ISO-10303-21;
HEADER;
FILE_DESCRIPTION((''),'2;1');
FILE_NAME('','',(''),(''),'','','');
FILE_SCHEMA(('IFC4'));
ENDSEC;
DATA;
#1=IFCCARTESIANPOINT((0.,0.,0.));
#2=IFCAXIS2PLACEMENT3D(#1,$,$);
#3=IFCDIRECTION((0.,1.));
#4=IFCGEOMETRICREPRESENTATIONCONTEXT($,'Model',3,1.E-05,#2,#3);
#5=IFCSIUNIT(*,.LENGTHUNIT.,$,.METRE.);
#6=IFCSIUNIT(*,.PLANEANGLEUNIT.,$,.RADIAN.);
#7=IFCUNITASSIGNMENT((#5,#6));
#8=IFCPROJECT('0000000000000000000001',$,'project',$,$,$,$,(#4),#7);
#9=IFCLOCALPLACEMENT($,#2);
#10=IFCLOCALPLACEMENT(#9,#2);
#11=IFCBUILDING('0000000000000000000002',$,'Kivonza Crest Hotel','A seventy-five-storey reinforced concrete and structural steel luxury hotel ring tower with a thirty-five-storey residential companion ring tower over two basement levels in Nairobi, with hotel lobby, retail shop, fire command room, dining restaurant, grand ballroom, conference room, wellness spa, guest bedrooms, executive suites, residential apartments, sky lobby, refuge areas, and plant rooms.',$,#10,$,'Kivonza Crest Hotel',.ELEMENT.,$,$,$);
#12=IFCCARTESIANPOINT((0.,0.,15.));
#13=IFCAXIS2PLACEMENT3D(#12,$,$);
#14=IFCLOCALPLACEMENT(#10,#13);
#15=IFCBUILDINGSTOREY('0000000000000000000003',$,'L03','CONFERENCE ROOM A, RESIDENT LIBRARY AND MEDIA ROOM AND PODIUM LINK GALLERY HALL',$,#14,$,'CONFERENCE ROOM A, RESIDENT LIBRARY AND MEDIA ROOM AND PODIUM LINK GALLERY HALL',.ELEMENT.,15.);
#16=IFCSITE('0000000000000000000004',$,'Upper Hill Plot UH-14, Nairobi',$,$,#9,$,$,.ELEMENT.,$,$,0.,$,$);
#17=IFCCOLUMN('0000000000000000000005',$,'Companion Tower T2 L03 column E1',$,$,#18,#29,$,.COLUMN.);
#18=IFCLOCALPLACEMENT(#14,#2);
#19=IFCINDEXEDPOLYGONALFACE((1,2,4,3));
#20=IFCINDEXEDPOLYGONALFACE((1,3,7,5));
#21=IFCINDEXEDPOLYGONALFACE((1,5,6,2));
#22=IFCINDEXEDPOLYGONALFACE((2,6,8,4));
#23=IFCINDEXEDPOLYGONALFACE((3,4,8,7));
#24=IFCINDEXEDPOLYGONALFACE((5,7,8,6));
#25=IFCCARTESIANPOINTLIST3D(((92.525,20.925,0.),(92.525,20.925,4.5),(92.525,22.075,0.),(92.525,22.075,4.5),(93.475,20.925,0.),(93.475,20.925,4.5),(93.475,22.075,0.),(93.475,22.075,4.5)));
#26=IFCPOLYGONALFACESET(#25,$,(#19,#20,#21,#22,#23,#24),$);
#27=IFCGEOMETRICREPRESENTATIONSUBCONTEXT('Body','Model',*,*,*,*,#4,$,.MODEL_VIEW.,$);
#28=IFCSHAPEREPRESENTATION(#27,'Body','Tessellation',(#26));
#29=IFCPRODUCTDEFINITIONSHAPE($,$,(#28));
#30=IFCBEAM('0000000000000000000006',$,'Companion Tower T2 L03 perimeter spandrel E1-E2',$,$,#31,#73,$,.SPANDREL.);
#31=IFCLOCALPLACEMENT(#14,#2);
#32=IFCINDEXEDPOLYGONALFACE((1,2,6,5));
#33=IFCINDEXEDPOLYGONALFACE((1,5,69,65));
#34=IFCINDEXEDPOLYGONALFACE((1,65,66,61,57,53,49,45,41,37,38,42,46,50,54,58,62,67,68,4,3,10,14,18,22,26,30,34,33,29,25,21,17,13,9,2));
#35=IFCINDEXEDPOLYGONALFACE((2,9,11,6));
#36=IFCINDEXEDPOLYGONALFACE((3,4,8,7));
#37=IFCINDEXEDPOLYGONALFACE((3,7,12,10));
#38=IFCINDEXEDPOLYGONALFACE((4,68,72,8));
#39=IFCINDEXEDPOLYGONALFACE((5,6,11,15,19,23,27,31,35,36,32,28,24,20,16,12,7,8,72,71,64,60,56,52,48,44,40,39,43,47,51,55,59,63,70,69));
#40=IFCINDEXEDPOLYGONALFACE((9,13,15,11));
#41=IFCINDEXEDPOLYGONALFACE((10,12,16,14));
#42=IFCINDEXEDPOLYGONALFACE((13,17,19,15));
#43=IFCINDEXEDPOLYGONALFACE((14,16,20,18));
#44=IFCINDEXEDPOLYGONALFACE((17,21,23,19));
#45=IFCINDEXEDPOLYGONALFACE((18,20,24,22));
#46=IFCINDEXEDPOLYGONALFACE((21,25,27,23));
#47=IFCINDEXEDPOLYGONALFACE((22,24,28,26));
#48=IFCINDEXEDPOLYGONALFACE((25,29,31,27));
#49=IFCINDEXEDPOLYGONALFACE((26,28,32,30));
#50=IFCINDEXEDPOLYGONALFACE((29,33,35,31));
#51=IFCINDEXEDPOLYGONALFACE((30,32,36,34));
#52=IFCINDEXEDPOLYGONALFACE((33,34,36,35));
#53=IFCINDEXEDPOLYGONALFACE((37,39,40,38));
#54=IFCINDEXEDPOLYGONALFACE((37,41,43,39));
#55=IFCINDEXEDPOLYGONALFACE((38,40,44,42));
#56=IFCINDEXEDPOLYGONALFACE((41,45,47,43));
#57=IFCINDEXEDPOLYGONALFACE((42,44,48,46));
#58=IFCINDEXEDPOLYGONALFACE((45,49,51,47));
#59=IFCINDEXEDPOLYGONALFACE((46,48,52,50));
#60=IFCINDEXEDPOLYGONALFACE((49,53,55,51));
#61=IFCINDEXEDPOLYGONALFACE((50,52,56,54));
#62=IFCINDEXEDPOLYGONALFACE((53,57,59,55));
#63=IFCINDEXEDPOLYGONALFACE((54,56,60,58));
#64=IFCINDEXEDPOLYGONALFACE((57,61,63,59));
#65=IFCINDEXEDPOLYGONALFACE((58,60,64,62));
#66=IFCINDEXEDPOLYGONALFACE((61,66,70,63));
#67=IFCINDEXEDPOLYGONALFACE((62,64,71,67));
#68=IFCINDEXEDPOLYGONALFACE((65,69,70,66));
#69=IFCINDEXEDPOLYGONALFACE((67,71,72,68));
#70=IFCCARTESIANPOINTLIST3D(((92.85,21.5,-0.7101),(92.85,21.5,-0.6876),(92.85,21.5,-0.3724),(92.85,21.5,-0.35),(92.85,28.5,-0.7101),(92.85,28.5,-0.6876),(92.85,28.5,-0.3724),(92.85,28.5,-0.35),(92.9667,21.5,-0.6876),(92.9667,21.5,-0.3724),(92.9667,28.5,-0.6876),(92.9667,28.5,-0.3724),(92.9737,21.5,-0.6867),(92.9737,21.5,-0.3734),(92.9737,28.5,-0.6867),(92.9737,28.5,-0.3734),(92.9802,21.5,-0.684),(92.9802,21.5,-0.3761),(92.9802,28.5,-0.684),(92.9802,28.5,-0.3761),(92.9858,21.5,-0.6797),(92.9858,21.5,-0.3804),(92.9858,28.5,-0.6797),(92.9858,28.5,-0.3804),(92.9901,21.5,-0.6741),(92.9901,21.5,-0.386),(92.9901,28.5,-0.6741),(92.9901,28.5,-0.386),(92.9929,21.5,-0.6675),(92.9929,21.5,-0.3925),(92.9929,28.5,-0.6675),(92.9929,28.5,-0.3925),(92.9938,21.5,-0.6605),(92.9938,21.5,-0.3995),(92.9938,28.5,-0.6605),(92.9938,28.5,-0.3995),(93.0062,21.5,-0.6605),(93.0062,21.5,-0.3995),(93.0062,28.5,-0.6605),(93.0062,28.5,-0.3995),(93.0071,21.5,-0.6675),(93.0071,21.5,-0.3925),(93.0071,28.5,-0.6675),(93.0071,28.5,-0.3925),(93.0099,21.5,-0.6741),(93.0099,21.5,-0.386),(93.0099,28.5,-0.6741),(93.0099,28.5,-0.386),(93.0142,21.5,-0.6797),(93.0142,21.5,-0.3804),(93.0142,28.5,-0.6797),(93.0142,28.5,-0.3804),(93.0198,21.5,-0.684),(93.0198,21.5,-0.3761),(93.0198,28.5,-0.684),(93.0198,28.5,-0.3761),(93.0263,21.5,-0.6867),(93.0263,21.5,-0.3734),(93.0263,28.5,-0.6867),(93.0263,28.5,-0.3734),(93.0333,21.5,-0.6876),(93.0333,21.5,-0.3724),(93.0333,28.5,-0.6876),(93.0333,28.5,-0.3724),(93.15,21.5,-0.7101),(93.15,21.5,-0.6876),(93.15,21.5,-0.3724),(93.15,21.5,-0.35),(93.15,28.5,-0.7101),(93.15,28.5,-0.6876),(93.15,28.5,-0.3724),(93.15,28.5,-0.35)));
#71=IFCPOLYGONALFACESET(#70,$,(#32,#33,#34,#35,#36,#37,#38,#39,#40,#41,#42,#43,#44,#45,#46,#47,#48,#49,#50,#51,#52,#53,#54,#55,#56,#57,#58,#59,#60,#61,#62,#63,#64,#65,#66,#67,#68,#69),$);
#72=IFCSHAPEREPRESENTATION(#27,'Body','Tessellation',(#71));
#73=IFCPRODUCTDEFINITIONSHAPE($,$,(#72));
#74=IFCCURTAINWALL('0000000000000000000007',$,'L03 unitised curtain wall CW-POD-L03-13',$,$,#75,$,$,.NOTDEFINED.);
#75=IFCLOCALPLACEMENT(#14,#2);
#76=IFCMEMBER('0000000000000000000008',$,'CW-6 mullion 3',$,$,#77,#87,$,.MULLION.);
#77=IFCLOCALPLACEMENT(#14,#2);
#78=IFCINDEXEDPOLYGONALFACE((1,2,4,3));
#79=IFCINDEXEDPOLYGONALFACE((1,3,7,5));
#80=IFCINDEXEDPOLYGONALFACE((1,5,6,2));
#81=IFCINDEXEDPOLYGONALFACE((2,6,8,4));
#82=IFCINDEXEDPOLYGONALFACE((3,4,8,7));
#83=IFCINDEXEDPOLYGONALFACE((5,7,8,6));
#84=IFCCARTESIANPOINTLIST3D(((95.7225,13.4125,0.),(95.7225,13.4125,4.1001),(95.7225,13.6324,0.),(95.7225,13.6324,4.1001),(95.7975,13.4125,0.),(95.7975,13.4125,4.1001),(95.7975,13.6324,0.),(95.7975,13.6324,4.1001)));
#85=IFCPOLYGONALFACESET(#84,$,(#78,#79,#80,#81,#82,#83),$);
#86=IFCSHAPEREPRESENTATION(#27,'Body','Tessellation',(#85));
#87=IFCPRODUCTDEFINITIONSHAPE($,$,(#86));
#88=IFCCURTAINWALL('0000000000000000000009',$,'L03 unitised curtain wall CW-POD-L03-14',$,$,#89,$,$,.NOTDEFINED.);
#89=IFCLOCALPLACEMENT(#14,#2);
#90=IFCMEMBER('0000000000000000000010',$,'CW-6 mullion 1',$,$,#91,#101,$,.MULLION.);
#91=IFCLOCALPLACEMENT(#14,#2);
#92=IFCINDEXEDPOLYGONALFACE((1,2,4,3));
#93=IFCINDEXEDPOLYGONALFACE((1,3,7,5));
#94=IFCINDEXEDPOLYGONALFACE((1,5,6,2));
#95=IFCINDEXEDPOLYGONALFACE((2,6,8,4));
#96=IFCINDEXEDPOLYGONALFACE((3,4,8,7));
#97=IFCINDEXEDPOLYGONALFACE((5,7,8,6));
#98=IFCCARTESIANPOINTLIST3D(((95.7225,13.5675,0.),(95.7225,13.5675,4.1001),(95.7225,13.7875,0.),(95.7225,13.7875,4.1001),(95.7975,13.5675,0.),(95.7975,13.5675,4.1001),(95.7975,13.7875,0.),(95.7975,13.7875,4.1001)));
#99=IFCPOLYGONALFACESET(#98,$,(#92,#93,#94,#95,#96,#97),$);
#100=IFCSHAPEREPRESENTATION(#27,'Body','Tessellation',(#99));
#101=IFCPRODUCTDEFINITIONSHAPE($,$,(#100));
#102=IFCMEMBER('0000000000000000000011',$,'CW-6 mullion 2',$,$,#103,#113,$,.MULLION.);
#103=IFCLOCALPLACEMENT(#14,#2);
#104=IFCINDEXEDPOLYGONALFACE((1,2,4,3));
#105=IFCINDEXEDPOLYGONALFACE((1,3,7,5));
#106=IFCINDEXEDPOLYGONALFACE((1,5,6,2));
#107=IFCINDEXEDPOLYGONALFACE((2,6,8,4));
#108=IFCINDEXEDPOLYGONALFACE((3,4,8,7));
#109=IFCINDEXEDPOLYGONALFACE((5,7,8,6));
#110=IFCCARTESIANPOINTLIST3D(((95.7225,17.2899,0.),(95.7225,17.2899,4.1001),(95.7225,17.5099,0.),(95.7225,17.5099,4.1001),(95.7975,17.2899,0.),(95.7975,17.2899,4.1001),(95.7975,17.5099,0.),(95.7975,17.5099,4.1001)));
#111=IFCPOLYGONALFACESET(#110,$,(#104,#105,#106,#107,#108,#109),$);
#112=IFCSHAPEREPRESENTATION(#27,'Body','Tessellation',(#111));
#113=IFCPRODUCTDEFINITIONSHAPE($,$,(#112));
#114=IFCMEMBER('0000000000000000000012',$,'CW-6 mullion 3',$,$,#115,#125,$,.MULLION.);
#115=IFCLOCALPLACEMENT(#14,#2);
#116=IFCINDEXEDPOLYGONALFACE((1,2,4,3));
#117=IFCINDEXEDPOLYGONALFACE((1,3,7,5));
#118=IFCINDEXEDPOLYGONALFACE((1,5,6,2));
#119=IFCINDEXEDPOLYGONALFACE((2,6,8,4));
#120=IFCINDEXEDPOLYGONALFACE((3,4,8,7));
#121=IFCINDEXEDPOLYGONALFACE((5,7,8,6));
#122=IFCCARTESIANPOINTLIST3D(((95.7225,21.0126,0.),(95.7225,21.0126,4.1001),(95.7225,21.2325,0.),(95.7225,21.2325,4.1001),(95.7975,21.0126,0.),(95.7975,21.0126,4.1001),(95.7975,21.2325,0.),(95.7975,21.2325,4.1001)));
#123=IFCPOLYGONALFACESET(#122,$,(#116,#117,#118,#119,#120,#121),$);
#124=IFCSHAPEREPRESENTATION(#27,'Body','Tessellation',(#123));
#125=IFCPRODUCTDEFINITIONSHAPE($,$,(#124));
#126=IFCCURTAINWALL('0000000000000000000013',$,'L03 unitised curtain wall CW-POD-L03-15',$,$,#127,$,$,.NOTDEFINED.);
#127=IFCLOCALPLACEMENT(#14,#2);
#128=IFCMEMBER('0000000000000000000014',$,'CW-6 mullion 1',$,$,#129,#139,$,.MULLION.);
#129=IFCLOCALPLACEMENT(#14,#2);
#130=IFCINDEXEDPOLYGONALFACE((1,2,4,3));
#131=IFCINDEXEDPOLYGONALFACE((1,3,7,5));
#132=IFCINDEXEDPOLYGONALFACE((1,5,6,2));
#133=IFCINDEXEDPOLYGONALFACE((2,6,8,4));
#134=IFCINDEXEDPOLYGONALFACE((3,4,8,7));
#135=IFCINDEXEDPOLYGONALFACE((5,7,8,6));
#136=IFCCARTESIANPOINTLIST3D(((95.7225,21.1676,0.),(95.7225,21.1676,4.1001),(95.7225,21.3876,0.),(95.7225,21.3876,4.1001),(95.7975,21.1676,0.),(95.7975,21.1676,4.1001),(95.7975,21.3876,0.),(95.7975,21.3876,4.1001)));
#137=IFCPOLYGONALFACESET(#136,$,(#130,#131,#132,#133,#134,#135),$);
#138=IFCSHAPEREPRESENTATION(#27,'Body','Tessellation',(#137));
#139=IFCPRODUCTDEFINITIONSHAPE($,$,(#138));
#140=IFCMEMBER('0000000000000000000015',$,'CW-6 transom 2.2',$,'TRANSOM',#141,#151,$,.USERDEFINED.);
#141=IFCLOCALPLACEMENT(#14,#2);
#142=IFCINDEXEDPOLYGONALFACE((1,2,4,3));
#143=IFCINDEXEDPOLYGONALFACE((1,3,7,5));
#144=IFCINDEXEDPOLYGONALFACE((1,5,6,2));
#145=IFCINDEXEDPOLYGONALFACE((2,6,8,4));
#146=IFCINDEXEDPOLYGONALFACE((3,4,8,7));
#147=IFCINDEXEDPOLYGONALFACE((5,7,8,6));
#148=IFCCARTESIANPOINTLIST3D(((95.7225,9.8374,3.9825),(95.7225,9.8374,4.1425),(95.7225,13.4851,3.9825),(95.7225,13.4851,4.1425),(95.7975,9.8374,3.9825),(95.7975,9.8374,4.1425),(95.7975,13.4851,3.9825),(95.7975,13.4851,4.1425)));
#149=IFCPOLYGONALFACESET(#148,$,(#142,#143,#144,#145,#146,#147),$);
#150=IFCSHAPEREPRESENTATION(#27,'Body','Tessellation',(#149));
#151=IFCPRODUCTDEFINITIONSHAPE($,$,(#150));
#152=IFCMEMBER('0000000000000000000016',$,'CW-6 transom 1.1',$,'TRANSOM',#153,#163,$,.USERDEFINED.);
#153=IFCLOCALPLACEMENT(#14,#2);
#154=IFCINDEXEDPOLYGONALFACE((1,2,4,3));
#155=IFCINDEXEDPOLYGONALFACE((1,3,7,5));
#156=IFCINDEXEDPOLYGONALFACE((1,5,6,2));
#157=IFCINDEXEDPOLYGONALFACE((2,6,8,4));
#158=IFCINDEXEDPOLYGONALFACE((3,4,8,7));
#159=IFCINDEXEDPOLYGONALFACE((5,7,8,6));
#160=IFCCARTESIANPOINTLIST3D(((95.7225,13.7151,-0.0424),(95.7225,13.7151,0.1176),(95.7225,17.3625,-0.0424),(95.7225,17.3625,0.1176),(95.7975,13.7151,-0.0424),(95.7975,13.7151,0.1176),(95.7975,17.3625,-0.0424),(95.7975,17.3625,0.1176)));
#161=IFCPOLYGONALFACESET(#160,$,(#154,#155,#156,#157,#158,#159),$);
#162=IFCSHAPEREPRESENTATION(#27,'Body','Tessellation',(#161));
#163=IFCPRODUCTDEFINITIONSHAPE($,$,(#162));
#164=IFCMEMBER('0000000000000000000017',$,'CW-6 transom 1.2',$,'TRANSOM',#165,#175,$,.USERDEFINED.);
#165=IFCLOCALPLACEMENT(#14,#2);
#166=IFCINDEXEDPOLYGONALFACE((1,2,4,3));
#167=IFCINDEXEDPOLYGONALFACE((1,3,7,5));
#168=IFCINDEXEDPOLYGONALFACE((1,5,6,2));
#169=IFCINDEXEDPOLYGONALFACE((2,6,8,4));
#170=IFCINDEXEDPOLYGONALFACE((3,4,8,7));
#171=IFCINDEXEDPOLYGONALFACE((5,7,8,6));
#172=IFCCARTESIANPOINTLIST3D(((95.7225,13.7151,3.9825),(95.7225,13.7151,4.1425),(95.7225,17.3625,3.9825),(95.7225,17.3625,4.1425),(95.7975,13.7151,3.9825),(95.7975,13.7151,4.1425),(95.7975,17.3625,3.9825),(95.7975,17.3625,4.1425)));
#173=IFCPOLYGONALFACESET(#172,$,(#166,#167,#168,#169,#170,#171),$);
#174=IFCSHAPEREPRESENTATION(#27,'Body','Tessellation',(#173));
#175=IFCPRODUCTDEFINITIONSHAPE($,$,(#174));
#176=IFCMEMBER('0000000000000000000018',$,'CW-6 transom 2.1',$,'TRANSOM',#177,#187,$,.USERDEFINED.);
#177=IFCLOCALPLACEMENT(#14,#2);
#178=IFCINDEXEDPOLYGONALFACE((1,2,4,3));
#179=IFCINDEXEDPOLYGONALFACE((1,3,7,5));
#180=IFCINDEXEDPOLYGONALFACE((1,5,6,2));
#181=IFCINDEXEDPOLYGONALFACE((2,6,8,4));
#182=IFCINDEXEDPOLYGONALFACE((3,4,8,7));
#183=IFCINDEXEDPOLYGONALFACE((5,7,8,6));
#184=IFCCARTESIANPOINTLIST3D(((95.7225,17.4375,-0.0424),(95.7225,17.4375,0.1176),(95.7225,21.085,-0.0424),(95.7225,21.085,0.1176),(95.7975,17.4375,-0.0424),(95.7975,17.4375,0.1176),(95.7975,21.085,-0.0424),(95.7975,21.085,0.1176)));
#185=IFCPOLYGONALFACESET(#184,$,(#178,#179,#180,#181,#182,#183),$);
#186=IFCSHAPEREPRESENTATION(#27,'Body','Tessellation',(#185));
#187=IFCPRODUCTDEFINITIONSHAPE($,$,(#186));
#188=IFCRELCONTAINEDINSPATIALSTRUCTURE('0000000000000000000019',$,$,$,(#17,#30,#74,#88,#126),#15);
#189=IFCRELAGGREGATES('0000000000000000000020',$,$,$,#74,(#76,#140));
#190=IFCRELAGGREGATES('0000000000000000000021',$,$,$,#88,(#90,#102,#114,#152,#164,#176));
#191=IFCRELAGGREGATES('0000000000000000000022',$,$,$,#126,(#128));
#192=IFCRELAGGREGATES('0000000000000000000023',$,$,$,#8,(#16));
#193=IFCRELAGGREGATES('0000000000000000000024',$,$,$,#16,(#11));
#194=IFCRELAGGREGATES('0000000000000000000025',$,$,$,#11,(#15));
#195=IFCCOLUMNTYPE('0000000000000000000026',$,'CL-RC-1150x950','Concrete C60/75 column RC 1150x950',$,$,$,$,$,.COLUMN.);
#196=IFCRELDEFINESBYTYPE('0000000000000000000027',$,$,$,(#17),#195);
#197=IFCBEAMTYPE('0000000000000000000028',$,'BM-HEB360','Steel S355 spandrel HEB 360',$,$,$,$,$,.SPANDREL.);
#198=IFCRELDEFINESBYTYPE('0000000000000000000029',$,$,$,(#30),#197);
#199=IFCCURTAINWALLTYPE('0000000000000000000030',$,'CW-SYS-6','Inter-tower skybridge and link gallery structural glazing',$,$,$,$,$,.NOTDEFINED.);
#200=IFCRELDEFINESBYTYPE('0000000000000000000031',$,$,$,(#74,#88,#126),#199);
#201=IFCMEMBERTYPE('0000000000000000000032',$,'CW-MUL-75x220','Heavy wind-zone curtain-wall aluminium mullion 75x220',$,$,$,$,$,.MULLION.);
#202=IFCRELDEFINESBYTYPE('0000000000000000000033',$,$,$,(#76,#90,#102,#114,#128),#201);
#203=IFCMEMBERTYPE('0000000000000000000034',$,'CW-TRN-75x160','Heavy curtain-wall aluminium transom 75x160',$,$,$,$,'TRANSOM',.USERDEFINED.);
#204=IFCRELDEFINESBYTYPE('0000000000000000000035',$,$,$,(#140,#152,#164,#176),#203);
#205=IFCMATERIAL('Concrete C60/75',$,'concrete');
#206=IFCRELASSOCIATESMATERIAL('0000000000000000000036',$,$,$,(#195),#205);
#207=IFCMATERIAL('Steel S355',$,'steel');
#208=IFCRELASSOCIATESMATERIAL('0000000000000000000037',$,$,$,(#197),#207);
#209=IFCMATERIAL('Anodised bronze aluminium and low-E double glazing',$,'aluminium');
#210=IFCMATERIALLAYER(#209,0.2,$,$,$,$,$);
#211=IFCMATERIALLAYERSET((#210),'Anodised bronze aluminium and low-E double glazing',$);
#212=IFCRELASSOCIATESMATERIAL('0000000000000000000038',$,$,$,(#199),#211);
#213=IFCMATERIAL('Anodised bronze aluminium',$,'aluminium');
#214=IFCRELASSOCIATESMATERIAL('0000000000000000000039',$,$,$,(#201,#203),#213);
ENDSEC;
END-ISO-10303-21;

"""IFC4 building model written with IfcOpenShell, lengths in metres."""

from ifc_helpers import new_model, si_unit, direction, frame, origin, origin_2d, place, context, subcontext, project, spatial, rectangle, i_section, extrude, material, layer, layer_set, material_profile, profile_set, type_object, element, aggregate, save


model = new_model("IFC4")

# Units and contexts
model_context = context("Model", 3, precision=1e-05, world=origin(), true_north=direction((0.0, 1.0)))
body_context = subcontext(model_context, "Body", "Model", "MODEL_VIEW")
ifc_project = project(units=[si_unit("LENGTHUNIT", "METRE"), si_unit("PLANEANGLEUNIT", "RADIAN")], contexts=[model_context])

# Site, building, storey
site_placement = place(None, origin())
site = spatial("IfcSite", under=ifc_project, at=site_placement, Name="Upper Hill Plot UH-14, Nairobi", CompositionType="ELEMENT", RefElevation=0.0)
building_placement = place(site_placement, origin())
building = spatial("IfcBuilding", under=site, at=building_placement, Name="Kivonza Crest Hotel", Description="A seventy-five-storey reinforced concrete and structural steel luxury hotel ring tower with a thirty-five-storey residential companion ring tower over two basement levels in Nairobi, with hotel lobby, retail shop, fire command room, dining restaurant, grand ballroom, conference room, wellness spa, guest bedrooms, executive suites, residential apartments, sky lobby, refuge areas, and plant rooms.", LongName="Kivonza Crest Hotel", CompositionType="ELEMENT")
storey_placement = place(building_placement, frame((0.0, 0.0, 15.0)))
storey = spatial("IfcBuildingStorey", under=building, at=storey_placement, Name="L03", Description="CONFERENCE ROOM A, RESIDENT LIBRARY AND MEDIA ROOM AND PODIUM LINK GALLERY HALL", LongName="CONFERENCE ROOM A, RESIDENT LIBRARY AND MEDIA ROOM AND PODIUM LINK GALLERY HALL", CompositionType="ELEMENT", Elevation=15.0)

# Column
ifc_material_1 = material(Name="Concrete C60/75", Category="concrete")
ifc_material_profile_1 = material_profile(ifc_material_1, rectangle(XDim=0.95, YDim=1.1499, at=origin_2d()), Name="RC 1150x950")
ifc_profile_set_1 = profile_set([ifc_material_profile_1], Name="Concrete C60/75")
column_type = type_object("IfcColumnType", Name="CL-RC-1150x950", Description="Concrete C60/75 column RC 1150x950", PredefinedType="COLUMN", material=ifc_profile_set_1)
column_placement = place(storey_placement, frame((93.0, 21.5, 0.0), z_axis=(0.0, 0.0, 1.0), x_axis=(1.0, 0.0, 0.0)))
element("IfcColumn", 1, at=column_placement, inside=storey, type_object=column_type, Name="Companion Tower T2 L03 column E1", PredefinedType="COLUMN", context=body_context, shape_type="SweptSolid", body=[
    extrude(rectangle(XDim=0.95, YDim=1.1499, at=origin_2d()), origin(), (0.0, 0.0, 1.0), 4.5),
])

# Beam
ifc_material_2 = material(Name="Steel S355", Category="steel")
ifc_material_profile_2 = material_profile(ifc_material_2, i_section(OverallWidth=0.3, OverallDepth=0.3601, WebThickness=0.0125, FlangeThickness=0.0225, FilletRadius=0.0271, at=origin_2d()), Name="HEB 360")
ifc_profile_set_2 = profile_set([ifc_material_profile_2], Name="Steel S355")
beam_type = type_object("IfcBeamType", Name="BM-HEB360", Description="Steel S355 spandrel HEB 360", PredefinedType="SPANDREL", material=ifc_profile_set_2)
beam_placement = place(storey_placement, frame((93.0, 21.5, -0.53), z_axis=(0.0, 1.0, 0.0), x_axis=(-1.0, 0.0, 0.0)))
element("IfcBeam", 2, at=beam_placement, inside=storey, type_object=beam_type, Name="Companion Tower T2 L03 perimeter spandrel E1-E2", PredefinedType="SPANDREL", context=body_context, shape_type="SweptSolid", body=[
    extrude(i_section(OverallWidth=0.3, OverallDepth=0.3601, WebThickness=0.0125, FlangeThickness=0.0225, FilletRadius=0.0271, at=origin_2d()), origin(), (0.0, 0.0, 1.0), 7.0),
])

# Curtain wall, member
ifc_material_3 = material(Name="Anodised bronze aluminium and low-E double glazing", Category="aluminium")
ifc_layer_1 = layer(ifc_material_3, 0.2)
ifc_layer_set_1 = layer_set([ifc_layer_1], Name="Anodised bronze aluminium and low-E double glazing")
curtain_wall_type = type_object("IfcCurtainWallType", Name="CW-SYS-6", Description="Inter-tower skybridge and link gallery structural glazing", PredefinedType="NOTDEFINED", material=ifc_layer_set_1)
curtain_wall_1_placement = place(storey_placement, origin())
curtain_wall_1 = element("IfcCurtainWall", 3, at=curtain_wall_1_placement, inside=storey, type_object=curtain_wall_type, Name="L03 unitised curtain wall CW-POD-L03-13", PredefinedType="NOTDEFINED")
ifc_material_4 = material(Name="Anodised bronze aluminium", Category="aluminium")
ifc_material_profile_3 = material_profile(ifc_material_4, rectangle(XDim=0.075, YDim=0.22, at=origin_2d()), Name="CW-M 75x220")
ifc_profile_set_3 = profile_set([ifc_material_profile_3], Name="Anodised bronze aluminium")
member_type_1 = type_object("IfcMemberType", Name="CW-MUL-75x220", Description="Heavy wind-zone curtain-wall aluminium mullion 75x220", PredefinedType="MULLION", material=ifc_profile_set_3)
member_1_placement = place(storey_placement, frame((95.76, 13.5225, 0.0), z_axis=(0.0, 0.0, 1.0), x_axis=(-1.0, 0.0, 0.0)))
member_1 = element("IfcMember", 4, at=member_1_placement, type_object=member_type_1, Name="CW-6 mullion 3", PredefinedType="MULLION", context=body_context, shape_type="SweptSolid", body=[
    extrude(rectangle(XDim=0.075, YDim=0.22, at=origin_2d()), origin(), (0.0, 0.0, 1.0), 4.1001),
])

# Curtain wall, members
curtain_wall_2_placement = place(storey_placement, origin())
curtain_wall_2 = element("IfcCurtainWall", 5, at=curtain_wall_2_placement, inside=storey, type_object=curtain_wall_type, Name="L03 unitised curtain wall CW-POD-L03-14", PredefinedType="NOTDEFINED")
member_2_placement = place(storey_placement, frame((95.76, 13.6775, 0.0), z_axis=(0.0, 0.0, 1.0), x_axis=(-1.0, 0.0, 0.0)))
member_2 = element("IfcMember", 6, at=member_2_placement, type_object=member_type_1, Name="CW-6 mullion 1", PredefinedType="MULLION", context=body_context, shape_type="SweptSolid", body=[
    extrude(rectangle(XDim=0.075, YDim=0.22, at=origin_2d()), origin(), (0.0, 0.0, 1.0), 4.1001),
])
member_3_placement = place(storey_placement, frame((95.76, 17.3999, 0.0), z_axis=(0.0, 0.0, 1.0), x_axis=(-1.0, 0.0, 0.0)))
member_3 = element("IfcMember", 7, at=member_3_placement, type_object=member_type_1, Name="CW-6 mullion 2", PredefinedType="MULLION", context=body_context, shape_type="SweptSolid", body=[
    extrude(rectangle(XDim=0.075, YDim=0.22, at=origin_2d()), origin(), (0.0, 0.0, 1.0), 4.1001),
])
member_4_placement = place(storey_placement, frame((95.76, 21.1226, 0.0), z_axis=(0.0, 0.0, 1.0), x_axis=(-1.0, 0.0, 0.0)))
member_4 = element("IfcMember", 8, at=member_4_placement, type_object=member_type_1, Name="CW-6 mullion 3", PredefinedType="MULLION", context=body_context, shape_type="SweptSolid", body=[
    extrude(rectangle(XDim=0.075, YDim=0.22, at=origin_2d()), origin(), (0.0, 0.0, 1.0), 4.1001),
])

# Curtain wall, member
curtain_wall_3_placement = place(storey_placement, origin())
curtain_wall_3 = element("IfcCurtainWall", 9, at=curtain_wall_3_placement, inside=storey, type_object=curtain_wall_type, Name="L03 unitised curtain wall CW-POD-L03-15", PredefinedType="NOTDEFINED")
member_5_placement = place(storey_placement, frame((95.76, 21.2776, 0.0), z_axis=(0.0, 0.0, 1.0), x_axis=(-1.0, 0.0, 0.0)))
member_5 = element("IfcMember", 10, at=member_5_placement, type_object=member_type_1, Name="CW-6 mullion 1", PredefinedType="MULLION", context=body_context, shape_type="SweptSolid", body=[
    extrude(rectangle(XDim=0.075, YDim=0.22, at=origin_2d()), origin(), (0.0, 0.0, 1.0), 4.1001),
])

# Members
ifc_material_profile_4 = material_profile(ifc_material_4, rectangle(XDim=0.075, YDim=0.1599, at=origin_2d()), Name="CW-T 75x160")
ifc_profile_set_4 = profile_set([ifc_material_profile_4], Name="Anodised bronze aluminium")
member_type_2 = type_object("IfcMemberType", Name="CW-TRN-75x160", Description="Heavy curtain-wall aluminium transom 75x160", ElementType="TRANSOM", PredefinedType="USERDEFINED", material=ifc_profile_set_4)
member_6_placement = place(storey_placement, frame((95.76, 9.8374, 4.0625), z_axis=(0.0, 1.0, 0.0), x_axis=(-1.0, 0.0, 0.0)))
member_6 = element("IfcMember", 11, at=member_6_placement, type_object=member_type_2, Name="CW-6 transom 2.2", ObjectType="TRANSOM", PredefinedType="USERDEFINED", context=body_context, shape_type="SweptSolid", body=[
    extrude(rectangle(XDim=0.075, YDim=0.1599, at=origin_2d()), origin(), (0.0, 0.0, 1.0), 3.6477),
])
member_7_placement = place(storey_placement, frame((95.76, 13.7151, 0.0376), z_axis=(0.0, 1.0, 0.0), x_axis=(-1.0, 0.0, 0.0)))
member_7 = element("IfcMember", 12, at=member_7_placement, type_object=member_type_2, Name="CW-6 transom 1.1", ObjectType="TRANSOM", PredefinedType="USERDEFINED", context=body_context, shape_type="SweptSolid", body=[
    extrude(rectangle(XDim=0.075, YDim=0.1599, at=origin_2d()), origin(), (0.0, 0.0, 1.0), 3.6475),
])
member_8_placement = place(storey_placement, frame((95.76, 13.7151, 4.0625), z_axis=(0.0, 1.0, 0.0), x_axis=(-1.0, 0.0, 0.0)))
member_8 = element("IfcMember", 13, at=member_8_placement, type_object=member_type_2, Name="CW-6 transom 1.2", ObjectType="TRANSOM", PredefinedType="USERDEFINED", context=body_context, shape_type="SweptSolid", body=[
    extrude(rectangle(XDim=0.075, YDim=0.1599, at=origin_2d()), origin(), (0.0, 0.0, 1.0), 3.6475),
])
member_9_placement = place(storey_placement, frame((95.76, 17.4375, 0.0376), z_axis=(0.0, 1.0, 0.0), x_axis=(-1.0, 0.0, 0.0)))
member_9 = element("IfcMember", 14, at=member_9_placement, type_object=member_type_2, Name="CW-6 transom 2.1", ObjectType="TRANSOM", PredefinedType="USERDEFINED", context=body_context, shape_type="SweptSolid", body=[
    extrude(rectangle(XDim=0.075, YDim=0.1599, at=origin_2d()), origin(), (0.0, 0.0, 1.0), 3.6475),
])

aggregate(curtain_wall_1, [member_1, member_6])
aggregate(curtain_wall_2, [member_2, member_3, member_4, member_7, member_8, member_9])
aggregate(curtain_wall_3, [member_5])

save(model, "model.ifc")
